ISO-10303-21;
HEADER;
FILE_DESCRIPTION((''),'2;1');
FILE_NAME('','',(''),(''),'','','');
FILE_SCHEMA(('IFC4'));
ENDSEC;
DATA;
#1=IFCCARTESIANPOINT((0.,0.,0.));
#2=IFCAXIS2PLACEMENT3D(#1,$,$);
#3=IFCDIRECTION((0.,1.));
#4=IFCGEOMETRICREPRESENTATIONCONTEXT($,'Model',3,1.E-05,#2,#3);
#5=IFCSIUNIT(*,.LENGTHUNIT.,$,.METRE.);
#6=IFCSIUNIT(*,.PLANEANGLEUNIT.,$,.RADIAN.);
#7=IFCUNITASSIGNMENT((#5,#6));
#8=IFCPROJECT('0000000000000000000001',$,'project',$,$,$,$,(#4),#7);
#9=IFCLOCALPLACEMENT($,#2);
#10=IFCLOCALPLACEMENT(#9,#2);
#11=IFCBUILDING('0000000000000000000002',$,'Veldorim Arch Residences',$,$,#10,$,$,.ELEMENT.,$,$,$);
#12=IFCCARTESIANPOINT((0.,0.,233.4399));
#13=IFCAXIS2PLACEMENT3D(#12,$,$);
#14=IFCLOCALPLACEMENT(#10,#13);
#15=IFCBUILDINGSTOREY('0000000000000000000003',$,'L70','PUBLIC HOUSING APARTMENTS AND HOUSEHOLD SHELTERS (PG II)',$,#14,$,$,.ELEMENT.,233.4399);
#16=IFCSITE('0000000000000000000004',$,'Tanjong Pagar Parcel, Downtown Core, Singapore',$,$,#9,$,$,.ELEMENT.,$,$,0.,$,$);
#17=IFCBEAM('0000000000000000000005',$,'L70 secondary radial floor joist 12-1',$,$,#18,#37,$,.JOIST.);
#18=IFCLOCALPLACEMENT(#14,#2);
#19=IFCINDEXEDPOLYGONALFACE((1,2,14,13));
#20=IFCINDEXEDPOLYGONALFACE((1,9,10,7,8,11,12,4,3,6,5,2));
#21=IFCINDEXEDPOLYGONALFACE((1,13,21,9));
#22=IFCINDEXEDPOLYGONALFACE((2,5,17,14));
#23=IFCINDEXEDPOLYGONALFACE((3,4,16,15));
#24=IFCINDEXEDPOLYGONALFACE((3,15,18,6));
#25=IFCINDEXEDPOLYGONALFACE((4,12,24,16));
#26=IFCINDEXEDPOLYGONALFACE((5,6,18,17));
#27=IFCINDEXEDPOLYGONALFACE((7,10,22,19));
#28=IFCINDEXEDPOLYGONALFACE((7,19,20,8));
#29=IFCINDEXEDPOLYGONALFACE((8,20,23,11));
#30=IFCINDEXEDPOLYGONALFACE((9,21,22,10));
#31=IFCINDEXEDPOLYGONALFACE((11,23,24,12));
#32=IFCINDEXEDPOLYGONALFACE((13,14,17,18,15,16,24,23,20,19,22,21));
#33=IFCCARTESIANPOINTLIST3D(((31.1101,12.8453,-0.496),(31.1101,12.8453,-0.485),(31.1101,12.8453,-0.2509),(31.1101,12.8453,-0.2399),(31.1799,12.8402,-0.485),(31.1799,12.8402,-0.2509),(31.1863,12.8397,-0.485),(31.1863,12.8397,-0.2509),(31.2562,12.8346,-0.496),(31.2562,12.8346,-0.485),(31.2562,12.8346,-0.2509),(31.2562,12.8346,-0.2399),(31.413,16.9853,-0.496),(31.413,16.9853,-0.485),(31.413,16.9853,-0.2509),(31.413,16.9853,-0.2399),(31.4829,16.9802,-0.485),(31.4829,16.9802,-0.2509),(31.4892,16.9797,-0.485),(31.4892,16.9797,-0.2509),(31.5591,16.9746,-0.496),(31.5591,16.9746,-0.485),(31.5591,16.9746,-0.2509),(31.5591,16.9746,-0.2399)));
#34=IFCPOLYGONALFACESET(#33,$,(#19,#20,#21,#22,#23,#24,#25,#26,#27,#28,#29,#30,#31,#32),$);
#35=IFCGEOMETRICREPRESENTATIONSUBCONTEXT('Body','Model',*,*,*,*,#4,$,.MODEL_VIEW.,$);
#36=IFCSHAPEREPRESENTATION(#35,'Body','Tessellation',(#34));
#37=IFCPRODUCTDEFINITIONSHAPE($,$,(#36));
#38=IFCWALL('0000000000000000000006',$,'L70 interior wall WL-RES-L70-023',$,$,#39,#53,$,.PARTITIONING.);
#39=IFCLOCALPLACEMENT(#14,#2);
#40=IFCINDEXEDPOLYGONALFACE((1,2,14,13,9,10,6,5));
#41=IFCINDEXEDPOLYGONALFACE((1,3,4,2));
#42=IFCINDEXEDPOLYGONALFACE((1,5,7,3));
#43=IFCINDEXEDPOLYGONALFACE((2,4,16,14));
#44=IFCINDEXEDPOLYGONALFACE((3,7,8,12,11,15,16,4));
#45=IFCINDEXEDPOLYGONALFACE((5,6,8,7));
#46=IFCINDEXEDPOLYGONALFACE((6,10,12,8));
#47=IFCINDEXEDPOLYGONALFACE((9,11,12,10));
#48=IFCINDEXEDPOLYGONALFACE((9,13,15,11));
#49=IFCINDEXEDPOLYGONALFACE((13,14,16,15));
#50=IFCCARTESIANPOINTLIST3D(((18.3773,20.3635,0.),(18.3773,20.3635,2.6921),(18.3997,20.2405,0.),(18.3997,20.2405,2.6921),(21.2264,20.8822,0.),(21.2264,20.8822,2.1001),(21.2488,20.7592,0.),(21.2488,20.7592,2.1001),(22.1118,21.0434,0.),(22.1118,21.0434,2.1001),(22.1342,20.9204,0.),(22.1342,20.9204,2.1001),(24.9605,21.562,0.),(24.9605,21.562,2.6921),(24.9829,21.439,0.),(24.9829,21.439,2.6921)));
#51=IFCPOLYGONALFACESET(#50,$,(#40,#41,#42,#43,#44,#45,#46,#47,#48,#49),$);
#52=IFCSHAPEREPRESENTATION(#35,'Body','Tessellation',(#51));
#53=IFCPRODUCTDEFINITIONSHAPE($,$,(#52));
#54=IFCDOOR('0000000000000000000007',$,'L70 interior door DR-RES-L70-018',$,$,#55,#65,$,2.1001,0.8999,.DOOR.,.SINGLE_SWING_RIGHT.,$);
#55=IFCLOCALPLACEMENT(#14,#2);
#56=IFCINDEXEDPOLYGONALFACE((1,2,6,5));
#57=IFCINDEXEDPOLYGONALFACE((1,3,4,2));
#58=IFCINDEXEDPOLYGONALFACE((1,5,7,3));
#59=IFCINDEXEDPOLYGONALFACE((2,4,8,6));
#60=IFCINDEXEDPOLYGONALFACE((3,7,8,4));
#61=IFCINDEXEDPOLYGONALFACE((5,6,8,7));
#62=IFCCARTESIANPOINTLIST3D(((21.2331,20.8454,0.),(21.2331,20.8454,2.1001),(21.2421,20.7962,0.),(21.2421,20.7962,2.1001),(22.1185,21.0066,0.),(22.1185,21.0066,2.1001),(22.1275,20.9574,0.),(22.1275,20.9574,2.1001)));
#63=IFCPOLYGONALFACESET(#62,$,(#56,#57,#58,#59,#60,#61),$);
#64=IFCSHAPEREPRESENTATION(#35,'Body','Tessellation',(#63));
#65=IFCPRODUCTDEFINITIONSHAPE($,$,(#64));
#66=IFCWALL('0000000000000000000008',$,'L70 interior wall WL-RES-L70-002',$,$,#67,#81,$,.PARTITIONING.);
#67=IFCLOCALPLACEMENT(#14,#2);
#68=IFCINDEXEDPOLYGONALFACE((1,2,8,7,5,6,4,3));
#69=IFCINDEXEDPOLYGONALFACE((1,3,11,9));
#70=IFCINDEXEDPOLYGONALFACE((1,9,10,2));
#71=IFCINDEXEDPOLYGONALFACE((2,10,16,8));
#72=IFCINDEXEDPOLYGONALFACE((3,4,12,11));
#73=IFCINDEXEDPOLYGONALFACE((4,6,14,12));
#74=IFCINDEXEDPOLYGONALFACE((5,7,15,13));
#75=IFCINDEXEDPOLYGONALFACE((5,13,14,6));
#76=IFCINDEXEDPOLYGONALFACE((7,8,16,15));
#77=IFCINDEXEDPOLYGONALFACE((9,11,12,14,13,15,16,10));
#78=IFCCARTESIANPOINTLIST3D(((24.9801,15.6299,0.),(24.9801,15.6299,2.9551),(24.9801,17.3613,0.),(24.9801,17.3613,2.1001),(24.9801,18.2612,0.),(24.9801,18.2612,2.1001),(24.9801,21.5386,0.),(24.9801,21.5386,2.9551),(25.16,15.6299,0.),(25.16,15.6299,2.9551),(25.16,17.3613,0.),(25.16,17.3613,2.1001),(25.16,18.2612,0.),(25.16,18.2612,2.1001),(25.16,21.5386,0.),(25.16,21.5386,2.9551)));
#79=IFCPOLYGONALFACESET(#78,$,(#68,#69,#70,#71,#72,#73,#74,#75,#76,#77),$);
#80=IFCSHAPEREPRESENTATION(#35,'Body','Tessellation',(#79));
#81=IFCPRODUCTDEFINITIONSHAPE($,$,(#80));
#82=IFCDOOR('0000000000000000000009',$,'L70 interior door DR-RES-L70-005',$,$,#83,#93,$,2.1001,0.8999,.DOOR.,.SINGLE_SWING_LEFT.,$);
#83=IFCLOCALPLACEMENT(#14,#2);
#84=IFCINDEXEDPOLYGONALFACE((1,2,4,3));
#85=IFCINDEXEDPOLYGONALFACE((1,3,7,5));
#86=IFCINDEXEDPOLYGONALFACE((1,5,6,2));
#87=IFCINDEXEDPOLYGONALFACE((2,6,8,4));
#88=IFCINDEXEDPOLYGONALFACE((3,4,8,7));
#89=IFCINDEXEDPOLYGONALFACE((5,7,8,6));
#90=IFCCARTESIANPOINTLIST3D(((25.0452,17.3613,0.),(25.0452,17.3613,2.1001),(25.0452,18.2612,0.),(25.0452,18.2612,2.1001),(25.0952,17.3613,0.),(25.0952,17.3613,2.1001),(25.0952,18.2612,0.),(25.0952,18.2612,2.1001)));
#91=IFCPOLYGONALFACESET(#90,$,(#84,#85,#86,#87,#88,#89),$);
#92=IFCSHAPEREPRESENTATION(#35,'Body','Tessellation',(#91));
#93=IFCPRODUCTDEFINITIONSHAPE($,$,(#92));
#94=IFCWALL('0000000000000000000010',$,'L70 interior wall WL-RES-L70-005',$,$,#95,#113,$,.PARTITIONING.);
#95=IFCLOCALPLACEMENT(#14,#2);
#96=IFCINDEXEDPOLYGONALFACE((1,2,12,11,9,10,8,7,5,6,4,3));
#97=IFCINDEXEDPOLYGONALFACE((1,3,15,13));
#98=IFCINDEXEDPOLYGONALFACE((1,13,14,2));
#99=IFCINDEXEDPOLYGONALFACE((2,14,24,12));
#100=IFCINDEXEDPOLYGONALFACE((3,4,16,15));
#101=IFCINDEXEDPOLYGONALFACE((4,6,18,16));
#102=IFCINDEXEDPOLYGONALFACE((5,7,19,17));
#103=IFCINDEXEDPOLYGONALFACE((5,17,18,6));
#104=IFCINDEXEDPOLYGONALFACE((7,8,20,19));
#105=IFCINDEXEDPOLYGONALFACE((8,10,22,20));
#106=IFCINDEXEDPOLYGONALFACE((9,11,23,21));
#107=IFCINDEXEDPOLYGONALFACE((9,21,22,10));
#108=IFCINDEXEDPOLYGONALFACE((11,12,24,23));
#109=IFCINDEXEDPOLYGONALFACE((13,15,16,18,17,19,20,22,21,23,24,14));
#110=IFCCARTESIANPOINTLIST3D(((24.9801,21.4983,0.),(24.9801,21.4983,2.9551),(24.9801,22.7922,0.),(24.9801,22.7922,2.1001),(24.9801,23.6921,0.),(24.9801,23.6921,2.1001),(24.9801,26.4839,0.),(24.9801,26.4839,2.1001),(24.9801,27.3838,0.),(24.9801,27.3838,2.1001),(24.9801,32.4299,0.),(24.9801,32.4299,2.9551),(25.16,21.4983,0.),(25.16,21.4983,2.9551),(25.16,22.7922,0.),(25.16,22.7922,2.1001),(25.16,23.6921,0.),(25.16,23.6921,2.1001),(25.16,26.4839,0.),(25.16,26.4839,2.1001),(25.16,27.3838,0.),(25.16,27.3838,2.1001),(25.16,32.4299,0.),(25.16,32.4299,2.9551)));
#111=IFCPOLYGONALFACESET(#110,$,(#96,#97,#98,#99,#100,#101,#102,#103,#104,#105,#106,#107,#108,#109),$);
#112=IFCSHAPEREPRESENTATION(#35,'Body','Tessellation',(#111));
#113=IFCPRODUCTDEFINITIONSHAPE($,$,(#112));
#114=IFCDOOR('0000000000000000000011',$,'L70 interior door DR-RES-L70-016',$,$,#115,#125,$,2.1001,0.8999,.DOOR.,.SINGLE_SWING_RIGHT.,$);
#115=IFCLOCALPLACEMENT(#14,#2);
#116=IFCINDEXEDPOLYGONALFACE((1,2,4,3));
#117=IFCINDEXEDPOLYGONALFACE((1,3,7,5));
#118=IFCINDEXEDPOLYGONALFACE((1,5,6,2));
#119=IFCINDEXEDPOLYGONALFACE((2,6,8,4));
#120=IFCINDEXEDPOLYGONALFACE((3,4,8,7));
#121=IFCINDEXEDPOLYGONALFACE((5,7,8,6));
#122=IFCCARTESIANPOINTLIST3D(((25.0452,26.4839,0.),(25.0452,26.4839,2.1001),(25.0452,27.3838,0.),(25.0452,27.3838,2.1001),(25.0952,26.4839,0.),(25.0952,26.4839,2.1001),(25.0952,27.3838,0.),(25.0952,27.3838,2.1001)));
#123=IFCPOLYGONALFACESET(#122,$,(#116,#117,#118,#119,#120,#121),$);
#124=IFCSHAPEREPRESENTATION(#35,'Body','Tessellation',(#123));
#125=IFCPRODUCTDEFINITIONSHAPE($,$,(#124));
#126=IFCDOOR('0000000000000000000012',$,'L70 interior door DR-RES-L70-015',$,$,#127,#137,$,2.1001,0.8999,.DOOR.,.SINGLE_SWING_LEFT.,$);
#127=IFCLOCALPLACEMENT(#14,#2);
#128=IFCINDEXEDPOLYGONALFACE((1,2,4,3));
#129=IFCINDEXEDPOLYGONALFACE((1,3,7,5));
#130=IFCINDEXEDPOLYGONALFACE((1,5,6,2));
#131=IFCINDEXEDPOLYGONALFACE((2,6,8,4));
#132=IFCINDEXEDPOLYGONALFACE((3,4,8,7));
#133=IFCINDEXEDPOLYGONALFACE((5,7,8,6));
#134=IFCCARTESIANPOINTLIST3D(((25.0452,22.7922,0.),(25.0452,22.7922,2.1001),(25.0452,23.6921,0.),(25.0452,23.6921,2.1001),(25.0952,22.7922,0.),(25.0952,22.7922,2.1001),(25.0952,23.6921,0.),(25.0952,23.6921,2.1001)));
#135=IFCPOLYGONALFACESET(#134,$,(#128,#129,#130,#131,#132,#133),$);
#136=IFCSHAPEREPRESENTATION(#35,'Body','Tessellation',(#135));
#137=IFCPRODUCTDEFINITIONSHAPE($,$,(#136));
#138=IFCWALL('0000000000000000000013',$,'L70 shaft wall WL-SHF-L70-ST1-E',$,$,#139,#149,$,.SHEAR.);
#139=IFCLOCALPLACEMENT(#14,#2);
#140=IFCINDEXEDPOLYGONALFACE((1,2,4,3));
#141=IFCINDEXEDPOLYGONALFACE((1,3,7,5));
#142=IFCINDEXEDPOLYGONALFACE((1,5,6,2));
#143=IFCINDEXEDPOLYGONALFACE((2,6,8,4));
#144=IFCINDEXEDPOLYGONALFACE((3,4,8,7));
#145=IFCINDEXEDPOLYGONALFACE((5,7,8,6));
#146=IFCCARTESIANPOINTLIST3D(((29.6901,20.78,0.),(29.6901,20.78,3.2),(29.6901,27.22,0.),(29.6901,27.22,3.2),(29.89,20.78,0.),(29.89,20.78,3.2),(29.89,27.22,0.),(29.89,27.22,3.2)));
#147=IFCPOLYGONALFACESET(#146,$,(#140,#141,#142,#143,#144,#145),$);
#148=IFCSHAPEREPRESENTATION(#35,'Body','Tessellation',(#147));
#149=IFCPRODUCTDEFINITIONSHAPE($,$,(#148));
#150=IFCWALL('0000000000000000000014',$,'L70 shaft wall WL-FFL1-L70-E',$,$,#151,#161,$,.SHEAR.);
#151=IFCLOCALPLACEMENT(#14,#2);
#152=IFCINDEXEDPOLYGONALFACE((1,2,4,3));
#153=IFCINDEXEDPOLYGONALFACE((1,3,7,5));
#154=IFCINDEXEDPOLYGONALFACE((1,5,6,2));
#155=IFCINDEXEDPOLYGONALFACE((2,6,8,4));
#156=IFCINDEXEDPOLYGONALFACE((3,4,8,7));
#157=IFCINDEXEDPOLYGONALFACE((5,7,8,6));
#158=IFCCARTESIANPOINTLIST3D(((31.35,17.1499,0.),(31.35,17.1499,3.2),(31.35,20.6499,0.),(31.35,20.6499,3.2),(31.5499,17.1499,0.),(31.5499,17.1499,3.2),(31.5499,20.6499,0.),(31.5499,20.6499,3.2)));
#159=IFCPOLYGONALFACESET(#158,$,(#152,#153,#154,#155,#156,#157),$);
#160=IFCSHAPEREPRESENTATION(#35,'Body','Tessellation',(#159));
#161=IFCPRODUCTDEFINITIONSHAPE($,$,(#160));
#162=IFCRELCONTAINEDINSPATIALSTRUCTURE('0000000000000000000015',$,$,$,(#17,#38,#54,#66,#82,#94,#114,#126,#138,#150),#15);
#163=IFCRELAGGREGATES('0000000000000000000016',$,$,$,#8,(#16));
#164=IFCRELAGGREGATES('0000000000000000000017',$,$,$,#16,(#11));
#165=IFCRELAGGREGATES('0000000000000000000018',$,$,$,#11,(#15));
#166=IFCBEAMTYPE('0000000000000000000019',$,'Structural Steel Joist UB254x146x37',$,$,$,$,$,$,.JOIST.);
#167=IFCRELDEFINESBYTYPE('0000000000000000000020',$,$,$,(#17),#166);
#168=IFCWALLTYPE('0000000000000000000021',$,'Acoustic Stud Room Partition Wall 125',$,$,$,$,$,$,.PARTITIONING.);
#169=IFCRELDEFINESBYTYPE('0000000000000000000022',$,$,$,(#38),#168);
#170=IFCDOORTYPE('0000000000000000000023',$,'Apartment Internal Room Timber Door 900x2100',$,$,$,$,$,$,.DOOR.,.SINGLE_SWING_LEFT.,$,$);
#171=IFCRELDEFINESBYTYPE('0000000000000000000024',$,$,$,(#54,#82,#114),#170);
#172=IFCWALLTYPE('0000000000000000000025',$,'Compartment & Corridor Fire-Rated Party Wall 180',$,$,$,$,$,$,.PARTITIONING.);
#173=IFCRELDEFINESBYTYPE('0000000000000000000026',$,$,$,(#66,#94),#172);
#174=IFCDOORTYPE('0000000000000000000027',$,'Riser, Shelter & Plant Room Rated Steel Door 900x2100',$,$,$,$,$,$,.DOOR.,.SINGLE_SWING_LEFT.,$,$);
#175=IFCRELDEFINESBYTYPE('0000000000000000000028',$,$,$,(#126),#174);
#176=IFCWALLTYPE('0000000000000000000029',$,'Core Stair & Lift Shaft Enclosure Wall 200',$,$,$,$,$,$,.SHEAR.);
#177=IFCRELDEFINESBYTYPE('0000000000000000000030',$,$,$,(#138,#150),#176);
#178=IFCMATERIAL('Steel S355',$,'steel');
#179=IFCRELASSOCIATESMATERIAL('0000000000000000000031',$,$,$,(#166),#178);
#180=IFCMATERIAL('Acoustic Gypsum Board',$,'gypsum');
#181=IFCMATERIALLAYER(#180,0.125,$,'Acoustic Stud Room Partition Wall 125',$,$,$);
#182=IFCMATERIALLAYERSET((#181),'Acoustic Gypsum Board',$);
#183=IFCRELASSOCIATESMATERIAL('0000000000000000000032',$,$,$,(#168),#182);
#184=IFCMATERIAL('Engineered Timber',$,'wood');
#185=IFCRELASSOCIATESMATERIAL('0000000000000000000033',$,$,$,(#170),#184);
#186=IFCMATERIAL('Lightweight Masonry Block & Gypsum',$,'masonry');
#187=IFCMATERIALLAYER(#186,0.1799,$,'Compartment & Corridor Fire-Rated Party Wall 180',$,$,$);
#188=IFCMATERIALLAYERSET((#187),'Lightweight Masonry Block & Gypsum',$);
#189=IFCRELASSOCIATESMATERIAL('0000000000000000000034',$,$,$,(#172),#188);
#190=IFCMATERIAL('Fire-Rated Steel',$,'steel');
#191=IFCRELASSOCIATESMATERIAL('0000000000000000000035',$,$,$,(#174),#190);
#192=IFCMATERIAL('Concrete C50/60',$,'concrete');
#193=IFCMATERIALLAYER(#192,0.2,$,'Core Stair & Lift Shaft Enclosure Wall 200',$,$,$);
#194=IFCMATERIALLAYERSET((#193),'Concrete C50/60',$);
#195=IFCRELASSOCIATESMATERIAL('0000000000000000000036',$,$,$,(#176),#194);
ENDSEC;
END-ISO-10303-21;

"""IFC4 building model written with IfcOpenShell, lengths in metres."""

from ifc_helpers import new_model, si_unit, direction, frame, frame_2d, origin, origin_2d, place, context, subcontext, project, spatial, rectangle, i_section, extrude, material, layer, layer_set, material_profile, profile_set, type_object, element, fill, save


model = new_model("IFC4")

# Units and contexts
model_context = context("Model", 3, precision=1e-05, world=origin(), true_north=direction((0.0, 1.0)))
body_context = subcontext(model_context, "Body", "Model", "MODEL_VIEW")
ifc_project = project(units=[si_unit("LENGTHUNIT", "METRE"), si_unit("PLANEANGLEUNIT", "RADIAN")], contexts=[model_context])

# Site, building, storey
site_placement = place(None, origin())
site = spatial("IfcSite", under=ifc_project, at=site_placement, Name="Tanjong Pagar Parcel, Downtown Core, Singapore", CompositionType="ELEMENT", RefElevation=0.0)
building_placement = place(site_placement, origin())
building = spatial("IfcBuilding", under=site, at=building_placement, Name="Veldorim Arch Residences", CompositionType="ELEMENT")
storey_placement = place(building_placement, frame((0.0, 0.0, 233.4399)))
storey = spatial("IfcBuildingStorey", under=building, at=storey_placement, Name="L70", Description="PUBLIC HOUSING APARTMENTS AND HOUSEHOLD SHELTERS (PG II)", CompositionType="ELEMENT", Elevation=233.4399)

# Beam
ifc_material_1 = material(Name="Steel S355", Category="steel")
ifc_material_profile_1 = material_profile(ifc_material_1, i_section(OverallWidth=0.1465, OverallDepth=0.2561, WebThickness=0.0063, FlangeThickness=0.011, at=origin_2d()), Name="UB254x146x37")
ifc_profile_set_1 = profile_set([ifc_material_profile_1], Name="Steel S355")
beam_type_1 = type_object("IfcBeamType", Name="Structural Steel Joist UB254x146x37", PredefinedType="JOIST", material=ifc_profile_set_1)
beam_1_placement = place(storey_placement, frame((31.4861, 16.98, -0.3679), z_axis=(-0.072986, -0.997333, 0.0), x_axis=(0.997333, -0.072986, 0.0)))
element("IfcBeam", 1, at=beam_1_placement, inside=storey, type_object=beam_type_1, Name="L70 secondary radial floor joist 12-1", PredefinedType="JOIST", context=body_context, shape_type="SweptSolid", body=[
    extrude(i_section(OverallWidth=0.1465, OverallDepth=0.2561, WebThickness=0.0063, FlangeThickness=0.011, at=origin_2d()), origin(), (0.0, 0.0, 1.0), 4.1511),
])

# Walls, openings, doors
ifc_material_2 = material(Name="Acoustic Gypsum Board", Category="gypsum")
ifc_layer_1 = layer(ifc_material_2, 0.125, Name="Acoustic Stud Room Partition Wall 125")
ifc_layer_set_1 = layer_set([ifc_layer_1], Name="Acoustic Gypsum Board")
wall_type_1 = type_object("IfcWallType", Name="Acoustic Stud Room Partition Wall 125", PredefinedType="PARTITIONING", material=ifc_layer_set_1)
wall_1_placement = place(storey_placement, frame((24.9717, 21.5005, 0.0), z_axis=(0.0, 0.0, 1.0), x_axis=(-0.98383, -0.179107, 0.0)))
wall_1 = element("IfcWall", 2, at=wall_1_placement, inside=storey, type_object=wall_type_1, Name="L70 interior wall WL-RES-L70-023", PredefinedType="PARTITIONING", context=body_context, shape_type="SweptSolid", body=[
    extrude(rectangle(XDim=6.6914, YDim=0.125, at=frame_2d((3.3457, 0.0))), origin(), (0.0, 0.0, 1.0), 2.6921),
])
opening_1_placement = place(wall_1_placement, frame((2.8955, 0.0, 0.0)))
opening_1 = element("IfcOpeningElement", 3, at=opening_1_placement, cuts=wall_1, PredefinedType="OPENING", context=body_context, shape_type="SweptSolid", body=[
    extrude(rectangle(XDim=0.8999, YDim=2.1001, at=frame_2d((0.45, 1.05))), frame((0.0, 0.0725, 0.0), z_axis=(0.0, -1.0, 0.0), x_axis=(1.0, 0.0, 0.0)), (0.0, 0.0, 1.0), 0.145),
])
ifc_material_3 = material(Name="Engineered Timber", Category="wood")
door_type_1 = type_object("IfcDoorType", Name="Apartment Internal Room Timber Door 900x2100", OperationType="SINGLE_SWING_LEFT", PredefinedType="DOOR", material=ifc_material_3)
door_1_placement = place(opening_1_placement, origin())
door_1 = element("IfcDoor", 4, at=door_1_placement, inside=storey, type_object=door_type_1, Name="L70 interior door DR-RES-L70-018", OperationType="SINGLE_SWING_RIGHT", OverallHeight=2.1001, OverallWidth=0.8999, PredefinedType="DOOR", context=body_context, shape_type="SweptSolid", body=[
    extrude(rectangle(XDim=0.8999, YDim=2.1001, at=frame_2d((0.45, 1.05))), frame((0.0, 0.0249, 0.0), z_axis=(0.0, -1.0, 0.0), x_axis=(1.0, 0.0, 0.0)), (0.0, 0.0, 1.0), 0.05),
])
fill(opening_1, door_1)
ifc_material_4 = material(Name="Lightweight Masonry Block & Gypsum", Category="masonry")
ifc_layer_2 = layer(ifc_material_4, 0.1799, Name="Compartment & Corridor Fire-Rated Party Wall 180")
ifc_layer_set_2 = layer_set([ifc_layer_2], Name="Lightweight Masonry Block & Gypsum")
wall_type_2 = type_object("IfcWallType", Name="Compartment & Corridor Fire-Rated Party Wall 180", PredefinedType="PARTITIONING", material=ifc_layer_set_2)
wall_2_placement = place(storey_placement, frame((25.0701, 15.6299, 0.0), z_axis=(0.0, 0.0, 1.0), x_axis=(0.0, 1.0, 0.0)))
wall_2 = element("IfcWall", 5, at=wall_2_placement, inside=storey, type_object=wall_type_2, Name="L70 interior wall WL-RES-L70-002", PredefinedType="PARTITIONING", context=body_context, shape_type="SweptSolid", body=[
    extrude(rectangle(XDim=5.9087, YDim=0.1799, at=frame_2d((2.9543, 0.0))), origin(), (0.0, 0.0, 1.0), 2.9551),
])
opening_2_placement = place(wall_2_placement, frame((1.7314, 0.0, 0.0)))
opening_2 = element("IfcOpeningElement", 6, at=opening_2_placement, cuts=wall_2, PredefinedType="OPENING", context=body_context, shape_type="SweptSolid", body=[
    extrude(rectangle(XDim=0.8999, YDim=2.1001, at=frame_2d((0.45, 1.05))), frame((0.0, 0.0999, 0.0), z_axis=(0.0, -1.0, 0.0), x_axis=(1.0, 0.0, 0.0)), (0.0, 0.0, 1.0), 0.2),
])
door_2_placement = place(opening_2_placement, origin())
door_2 = element("IfcDoor", 7, at=door_2_placement, inside=storey, type_object=door_type_1, Name="L70 interior door DR-RES-L70-005", OperationType="SINGLE_SWING_LEFT", OverallHeight=2.1001, OverallWidth=0.8999, PredefinedType="DOOR", context=body_context, shape_type="SweptSolid", body=[
    extrude(rectangle(XDim=0.8999, YDim=2.1001, at=frame_2d((0.45, 1.05))), frame((0.0, 0.0249, 0.0), z_axis=(0.0, -1.0, 0.0), x_axis=(1.0, 0.0, 0.0)), (0.0, 0.0, 1.0), 0.05),
])
fill(opening_2, door_2)

# Wall, openings, doors
wall_3_placement = place(storey_placement, frame((25.0701, 21.4983, 0.0), z_axis=(0.0, 0.0, 1.0), x_axis=(0.0, 1.0, 0.0)))
wall_3 = element("IfcWall", 8, at=wall_3_placement, inside=storey, type_object=wall_type_2, Name="L70 interior wall WL-RES-L70-005", PredefinedType="PARTITIONING", context=body_context, shape_type="SweptSolid", body=[
    extrude(rectangle(XDim=10.9316, YDim=0.1799, at=frame_2d((5.4658, 0.0))), origin(), (0.0, 0.0, 1.0), 2.9551),
])
opening_3_placement = place(wall_3_placement, frame((1.2939, 0.0, 0.0)))
opening_3 = element("IfcOpeningElement", 9, at=opening_3_placement, cuts=wall_3, PredefinedType="OPENING", context=body_context, shape_type="SweptSolid", body=[
    extrude(rectangle(XDim=0.8999, YDim=2.1001, at=frame_2d((0.45, 1.05))), frame((0.0, 0.0999, 0.0), z_axis=(0.0, -1.0, 0.0), x_axis=(1.0, 0.0, 0.0)), (0.0, 0.0, 1.0), 0.2),
])
opening_4_placement = place(wall_3_placement, frame((4.9856, 0.0, 0.0)))
opening_4 = element("IfcOpeningElement", 10, at=opening_4_placement, cuts=wall_3, PredefinedType="OPENING", context=body_context, shape_type="SweptSolid", body=[
    extrude(rectangle(XDim=0.8999, YDim=2.1001, at=frame_2d((0.45, 1.05))), frame((0.0, 0.0999, 0.0), z_axis=(0.0, -1.0, 0.0), x_axis=(1.0, 0.0, 0.0)), (0.0, 0.0, 1.0), 0.2),
])
door_3_placement = place(opening_4_placement, origin())
door_3 = element("IfcDoor", 11, at=door_3_placement, inside=storey, type_object=door_type_1, Name="L70 interior door DR-RES-L70-016", OperationType="SINGLE_SWING_RIGHT", OverallHeight=2.1001, OverallWidth=0.8999, PredefinedType="DOOR", context=body_context, shape_type="SweptSolid", body=[
    extrude(rectangle(XDim=0.8999, YDim=2.1001, at=frame_2d((0.45, 1.05))), frame((0.0, 0.0249, 0.0), z_axis=(0.0, -1.0, 0.0), x_axis=(1.0, 0.0, 0.0)), (0.0, 0.0, 1.0), 0.05),
])
fill(opening_4, door_3)
ifc_material_5 = material(Name="Fire-Rated Steel", Category="steel")
door_type_2 = type_object("IfcDoorType", Name="Riser, Shelter & Plant Room Rated Steel Door 900x2100", OperationType="SINGLE_SWING_LEFT", PredefinedType="DOOR", material=ifc_material_5)
door_4_placement = place(opening_3_placement, origin())
door_4 = element("IfcDoor", 12, at=door_4_placement, inside=storey, type_object=door_type_2, Name="L70 interior door DR-RES-L70-015", OperationType="SINGLE_SWING_LEFT", OverallHeight=2.1001, OverallWidth=0.8999, PredefinedType="DOOR", context=body_context, shape_type="SweptSolid", body=[
    extrude(rectangle(XDim=0.8999, YDim=2.1001, at=frame_2d((0.45, 1.05))), frame((0.0, 0.0249, 0.0), z_axis=(0.0, -1.0, 0.0), x_axis=(1.0, 0.0, 0.0)), (0.0, 0.0, 1.0), 0.05),
])
fill(opening_3, door_4)

# Wall
ifc_material_6 = material(Name="Concrete C50/60", Category="concrete")
ifc_layer_3 = layer(ifc_material_6, 0.2, Name="Core Stair & Lift Shaft Enclosure Wall 200")
ifc_layer_set_3 = layer_set([ifc_layer_3], Name="Concrete C50/60")
wall_type_3 = type_object("IfcWallType", Name="Core Stair & Lift Shaft Enclosure Wall 200", PredefinedType="SHEAR", material=ifc_layer_set_3)
wall_4_placement = place(storey_placement, frame((29.79, 20.78, 0.0), z_axis=(0.0, 0.0, 1.0), x_axis=(0.0, 1.0, 0.0)))
element("IfcWall", 13, at=wall_4_placement, inside=storey, type_object=wall_type_3, Name="L70 shaft wall WL-SHF-L70-ST1-E", PredefinedType="SHEAR", context=body_context, shape_type="SweptSolid", body=[
    extrude(rectangle(XDim=6.4399, YDim=0.2, at=frame_2d((3.22, 0.0))), origin(), (0.0, 0.0, 1.0), 3.2),
])

# Wall
wall_5_placement = place(storey_placement, frame((31.45, 17.1499, 0.0), z_axis=(0.0, 0.0, 1.0), x_axis=(0.0, 1.0, 0.0)))
element("IfcWall", 14, at=wall_5_placement, inside=storey, type_object=wall_type_3, Name="L70 shaft wall WL-FFL1-L70-E", PredefinedType="SHEAR", context=body_context, shape_type="SweptSolid", body=[
    extrude(rectangle(XDim=3.5, YDim=0.2, at=frame_2d((1.75, 0.0))), origin(), (0.0, 0.0, 1.0), 3.2),
])

save(model, "model.ifc")
